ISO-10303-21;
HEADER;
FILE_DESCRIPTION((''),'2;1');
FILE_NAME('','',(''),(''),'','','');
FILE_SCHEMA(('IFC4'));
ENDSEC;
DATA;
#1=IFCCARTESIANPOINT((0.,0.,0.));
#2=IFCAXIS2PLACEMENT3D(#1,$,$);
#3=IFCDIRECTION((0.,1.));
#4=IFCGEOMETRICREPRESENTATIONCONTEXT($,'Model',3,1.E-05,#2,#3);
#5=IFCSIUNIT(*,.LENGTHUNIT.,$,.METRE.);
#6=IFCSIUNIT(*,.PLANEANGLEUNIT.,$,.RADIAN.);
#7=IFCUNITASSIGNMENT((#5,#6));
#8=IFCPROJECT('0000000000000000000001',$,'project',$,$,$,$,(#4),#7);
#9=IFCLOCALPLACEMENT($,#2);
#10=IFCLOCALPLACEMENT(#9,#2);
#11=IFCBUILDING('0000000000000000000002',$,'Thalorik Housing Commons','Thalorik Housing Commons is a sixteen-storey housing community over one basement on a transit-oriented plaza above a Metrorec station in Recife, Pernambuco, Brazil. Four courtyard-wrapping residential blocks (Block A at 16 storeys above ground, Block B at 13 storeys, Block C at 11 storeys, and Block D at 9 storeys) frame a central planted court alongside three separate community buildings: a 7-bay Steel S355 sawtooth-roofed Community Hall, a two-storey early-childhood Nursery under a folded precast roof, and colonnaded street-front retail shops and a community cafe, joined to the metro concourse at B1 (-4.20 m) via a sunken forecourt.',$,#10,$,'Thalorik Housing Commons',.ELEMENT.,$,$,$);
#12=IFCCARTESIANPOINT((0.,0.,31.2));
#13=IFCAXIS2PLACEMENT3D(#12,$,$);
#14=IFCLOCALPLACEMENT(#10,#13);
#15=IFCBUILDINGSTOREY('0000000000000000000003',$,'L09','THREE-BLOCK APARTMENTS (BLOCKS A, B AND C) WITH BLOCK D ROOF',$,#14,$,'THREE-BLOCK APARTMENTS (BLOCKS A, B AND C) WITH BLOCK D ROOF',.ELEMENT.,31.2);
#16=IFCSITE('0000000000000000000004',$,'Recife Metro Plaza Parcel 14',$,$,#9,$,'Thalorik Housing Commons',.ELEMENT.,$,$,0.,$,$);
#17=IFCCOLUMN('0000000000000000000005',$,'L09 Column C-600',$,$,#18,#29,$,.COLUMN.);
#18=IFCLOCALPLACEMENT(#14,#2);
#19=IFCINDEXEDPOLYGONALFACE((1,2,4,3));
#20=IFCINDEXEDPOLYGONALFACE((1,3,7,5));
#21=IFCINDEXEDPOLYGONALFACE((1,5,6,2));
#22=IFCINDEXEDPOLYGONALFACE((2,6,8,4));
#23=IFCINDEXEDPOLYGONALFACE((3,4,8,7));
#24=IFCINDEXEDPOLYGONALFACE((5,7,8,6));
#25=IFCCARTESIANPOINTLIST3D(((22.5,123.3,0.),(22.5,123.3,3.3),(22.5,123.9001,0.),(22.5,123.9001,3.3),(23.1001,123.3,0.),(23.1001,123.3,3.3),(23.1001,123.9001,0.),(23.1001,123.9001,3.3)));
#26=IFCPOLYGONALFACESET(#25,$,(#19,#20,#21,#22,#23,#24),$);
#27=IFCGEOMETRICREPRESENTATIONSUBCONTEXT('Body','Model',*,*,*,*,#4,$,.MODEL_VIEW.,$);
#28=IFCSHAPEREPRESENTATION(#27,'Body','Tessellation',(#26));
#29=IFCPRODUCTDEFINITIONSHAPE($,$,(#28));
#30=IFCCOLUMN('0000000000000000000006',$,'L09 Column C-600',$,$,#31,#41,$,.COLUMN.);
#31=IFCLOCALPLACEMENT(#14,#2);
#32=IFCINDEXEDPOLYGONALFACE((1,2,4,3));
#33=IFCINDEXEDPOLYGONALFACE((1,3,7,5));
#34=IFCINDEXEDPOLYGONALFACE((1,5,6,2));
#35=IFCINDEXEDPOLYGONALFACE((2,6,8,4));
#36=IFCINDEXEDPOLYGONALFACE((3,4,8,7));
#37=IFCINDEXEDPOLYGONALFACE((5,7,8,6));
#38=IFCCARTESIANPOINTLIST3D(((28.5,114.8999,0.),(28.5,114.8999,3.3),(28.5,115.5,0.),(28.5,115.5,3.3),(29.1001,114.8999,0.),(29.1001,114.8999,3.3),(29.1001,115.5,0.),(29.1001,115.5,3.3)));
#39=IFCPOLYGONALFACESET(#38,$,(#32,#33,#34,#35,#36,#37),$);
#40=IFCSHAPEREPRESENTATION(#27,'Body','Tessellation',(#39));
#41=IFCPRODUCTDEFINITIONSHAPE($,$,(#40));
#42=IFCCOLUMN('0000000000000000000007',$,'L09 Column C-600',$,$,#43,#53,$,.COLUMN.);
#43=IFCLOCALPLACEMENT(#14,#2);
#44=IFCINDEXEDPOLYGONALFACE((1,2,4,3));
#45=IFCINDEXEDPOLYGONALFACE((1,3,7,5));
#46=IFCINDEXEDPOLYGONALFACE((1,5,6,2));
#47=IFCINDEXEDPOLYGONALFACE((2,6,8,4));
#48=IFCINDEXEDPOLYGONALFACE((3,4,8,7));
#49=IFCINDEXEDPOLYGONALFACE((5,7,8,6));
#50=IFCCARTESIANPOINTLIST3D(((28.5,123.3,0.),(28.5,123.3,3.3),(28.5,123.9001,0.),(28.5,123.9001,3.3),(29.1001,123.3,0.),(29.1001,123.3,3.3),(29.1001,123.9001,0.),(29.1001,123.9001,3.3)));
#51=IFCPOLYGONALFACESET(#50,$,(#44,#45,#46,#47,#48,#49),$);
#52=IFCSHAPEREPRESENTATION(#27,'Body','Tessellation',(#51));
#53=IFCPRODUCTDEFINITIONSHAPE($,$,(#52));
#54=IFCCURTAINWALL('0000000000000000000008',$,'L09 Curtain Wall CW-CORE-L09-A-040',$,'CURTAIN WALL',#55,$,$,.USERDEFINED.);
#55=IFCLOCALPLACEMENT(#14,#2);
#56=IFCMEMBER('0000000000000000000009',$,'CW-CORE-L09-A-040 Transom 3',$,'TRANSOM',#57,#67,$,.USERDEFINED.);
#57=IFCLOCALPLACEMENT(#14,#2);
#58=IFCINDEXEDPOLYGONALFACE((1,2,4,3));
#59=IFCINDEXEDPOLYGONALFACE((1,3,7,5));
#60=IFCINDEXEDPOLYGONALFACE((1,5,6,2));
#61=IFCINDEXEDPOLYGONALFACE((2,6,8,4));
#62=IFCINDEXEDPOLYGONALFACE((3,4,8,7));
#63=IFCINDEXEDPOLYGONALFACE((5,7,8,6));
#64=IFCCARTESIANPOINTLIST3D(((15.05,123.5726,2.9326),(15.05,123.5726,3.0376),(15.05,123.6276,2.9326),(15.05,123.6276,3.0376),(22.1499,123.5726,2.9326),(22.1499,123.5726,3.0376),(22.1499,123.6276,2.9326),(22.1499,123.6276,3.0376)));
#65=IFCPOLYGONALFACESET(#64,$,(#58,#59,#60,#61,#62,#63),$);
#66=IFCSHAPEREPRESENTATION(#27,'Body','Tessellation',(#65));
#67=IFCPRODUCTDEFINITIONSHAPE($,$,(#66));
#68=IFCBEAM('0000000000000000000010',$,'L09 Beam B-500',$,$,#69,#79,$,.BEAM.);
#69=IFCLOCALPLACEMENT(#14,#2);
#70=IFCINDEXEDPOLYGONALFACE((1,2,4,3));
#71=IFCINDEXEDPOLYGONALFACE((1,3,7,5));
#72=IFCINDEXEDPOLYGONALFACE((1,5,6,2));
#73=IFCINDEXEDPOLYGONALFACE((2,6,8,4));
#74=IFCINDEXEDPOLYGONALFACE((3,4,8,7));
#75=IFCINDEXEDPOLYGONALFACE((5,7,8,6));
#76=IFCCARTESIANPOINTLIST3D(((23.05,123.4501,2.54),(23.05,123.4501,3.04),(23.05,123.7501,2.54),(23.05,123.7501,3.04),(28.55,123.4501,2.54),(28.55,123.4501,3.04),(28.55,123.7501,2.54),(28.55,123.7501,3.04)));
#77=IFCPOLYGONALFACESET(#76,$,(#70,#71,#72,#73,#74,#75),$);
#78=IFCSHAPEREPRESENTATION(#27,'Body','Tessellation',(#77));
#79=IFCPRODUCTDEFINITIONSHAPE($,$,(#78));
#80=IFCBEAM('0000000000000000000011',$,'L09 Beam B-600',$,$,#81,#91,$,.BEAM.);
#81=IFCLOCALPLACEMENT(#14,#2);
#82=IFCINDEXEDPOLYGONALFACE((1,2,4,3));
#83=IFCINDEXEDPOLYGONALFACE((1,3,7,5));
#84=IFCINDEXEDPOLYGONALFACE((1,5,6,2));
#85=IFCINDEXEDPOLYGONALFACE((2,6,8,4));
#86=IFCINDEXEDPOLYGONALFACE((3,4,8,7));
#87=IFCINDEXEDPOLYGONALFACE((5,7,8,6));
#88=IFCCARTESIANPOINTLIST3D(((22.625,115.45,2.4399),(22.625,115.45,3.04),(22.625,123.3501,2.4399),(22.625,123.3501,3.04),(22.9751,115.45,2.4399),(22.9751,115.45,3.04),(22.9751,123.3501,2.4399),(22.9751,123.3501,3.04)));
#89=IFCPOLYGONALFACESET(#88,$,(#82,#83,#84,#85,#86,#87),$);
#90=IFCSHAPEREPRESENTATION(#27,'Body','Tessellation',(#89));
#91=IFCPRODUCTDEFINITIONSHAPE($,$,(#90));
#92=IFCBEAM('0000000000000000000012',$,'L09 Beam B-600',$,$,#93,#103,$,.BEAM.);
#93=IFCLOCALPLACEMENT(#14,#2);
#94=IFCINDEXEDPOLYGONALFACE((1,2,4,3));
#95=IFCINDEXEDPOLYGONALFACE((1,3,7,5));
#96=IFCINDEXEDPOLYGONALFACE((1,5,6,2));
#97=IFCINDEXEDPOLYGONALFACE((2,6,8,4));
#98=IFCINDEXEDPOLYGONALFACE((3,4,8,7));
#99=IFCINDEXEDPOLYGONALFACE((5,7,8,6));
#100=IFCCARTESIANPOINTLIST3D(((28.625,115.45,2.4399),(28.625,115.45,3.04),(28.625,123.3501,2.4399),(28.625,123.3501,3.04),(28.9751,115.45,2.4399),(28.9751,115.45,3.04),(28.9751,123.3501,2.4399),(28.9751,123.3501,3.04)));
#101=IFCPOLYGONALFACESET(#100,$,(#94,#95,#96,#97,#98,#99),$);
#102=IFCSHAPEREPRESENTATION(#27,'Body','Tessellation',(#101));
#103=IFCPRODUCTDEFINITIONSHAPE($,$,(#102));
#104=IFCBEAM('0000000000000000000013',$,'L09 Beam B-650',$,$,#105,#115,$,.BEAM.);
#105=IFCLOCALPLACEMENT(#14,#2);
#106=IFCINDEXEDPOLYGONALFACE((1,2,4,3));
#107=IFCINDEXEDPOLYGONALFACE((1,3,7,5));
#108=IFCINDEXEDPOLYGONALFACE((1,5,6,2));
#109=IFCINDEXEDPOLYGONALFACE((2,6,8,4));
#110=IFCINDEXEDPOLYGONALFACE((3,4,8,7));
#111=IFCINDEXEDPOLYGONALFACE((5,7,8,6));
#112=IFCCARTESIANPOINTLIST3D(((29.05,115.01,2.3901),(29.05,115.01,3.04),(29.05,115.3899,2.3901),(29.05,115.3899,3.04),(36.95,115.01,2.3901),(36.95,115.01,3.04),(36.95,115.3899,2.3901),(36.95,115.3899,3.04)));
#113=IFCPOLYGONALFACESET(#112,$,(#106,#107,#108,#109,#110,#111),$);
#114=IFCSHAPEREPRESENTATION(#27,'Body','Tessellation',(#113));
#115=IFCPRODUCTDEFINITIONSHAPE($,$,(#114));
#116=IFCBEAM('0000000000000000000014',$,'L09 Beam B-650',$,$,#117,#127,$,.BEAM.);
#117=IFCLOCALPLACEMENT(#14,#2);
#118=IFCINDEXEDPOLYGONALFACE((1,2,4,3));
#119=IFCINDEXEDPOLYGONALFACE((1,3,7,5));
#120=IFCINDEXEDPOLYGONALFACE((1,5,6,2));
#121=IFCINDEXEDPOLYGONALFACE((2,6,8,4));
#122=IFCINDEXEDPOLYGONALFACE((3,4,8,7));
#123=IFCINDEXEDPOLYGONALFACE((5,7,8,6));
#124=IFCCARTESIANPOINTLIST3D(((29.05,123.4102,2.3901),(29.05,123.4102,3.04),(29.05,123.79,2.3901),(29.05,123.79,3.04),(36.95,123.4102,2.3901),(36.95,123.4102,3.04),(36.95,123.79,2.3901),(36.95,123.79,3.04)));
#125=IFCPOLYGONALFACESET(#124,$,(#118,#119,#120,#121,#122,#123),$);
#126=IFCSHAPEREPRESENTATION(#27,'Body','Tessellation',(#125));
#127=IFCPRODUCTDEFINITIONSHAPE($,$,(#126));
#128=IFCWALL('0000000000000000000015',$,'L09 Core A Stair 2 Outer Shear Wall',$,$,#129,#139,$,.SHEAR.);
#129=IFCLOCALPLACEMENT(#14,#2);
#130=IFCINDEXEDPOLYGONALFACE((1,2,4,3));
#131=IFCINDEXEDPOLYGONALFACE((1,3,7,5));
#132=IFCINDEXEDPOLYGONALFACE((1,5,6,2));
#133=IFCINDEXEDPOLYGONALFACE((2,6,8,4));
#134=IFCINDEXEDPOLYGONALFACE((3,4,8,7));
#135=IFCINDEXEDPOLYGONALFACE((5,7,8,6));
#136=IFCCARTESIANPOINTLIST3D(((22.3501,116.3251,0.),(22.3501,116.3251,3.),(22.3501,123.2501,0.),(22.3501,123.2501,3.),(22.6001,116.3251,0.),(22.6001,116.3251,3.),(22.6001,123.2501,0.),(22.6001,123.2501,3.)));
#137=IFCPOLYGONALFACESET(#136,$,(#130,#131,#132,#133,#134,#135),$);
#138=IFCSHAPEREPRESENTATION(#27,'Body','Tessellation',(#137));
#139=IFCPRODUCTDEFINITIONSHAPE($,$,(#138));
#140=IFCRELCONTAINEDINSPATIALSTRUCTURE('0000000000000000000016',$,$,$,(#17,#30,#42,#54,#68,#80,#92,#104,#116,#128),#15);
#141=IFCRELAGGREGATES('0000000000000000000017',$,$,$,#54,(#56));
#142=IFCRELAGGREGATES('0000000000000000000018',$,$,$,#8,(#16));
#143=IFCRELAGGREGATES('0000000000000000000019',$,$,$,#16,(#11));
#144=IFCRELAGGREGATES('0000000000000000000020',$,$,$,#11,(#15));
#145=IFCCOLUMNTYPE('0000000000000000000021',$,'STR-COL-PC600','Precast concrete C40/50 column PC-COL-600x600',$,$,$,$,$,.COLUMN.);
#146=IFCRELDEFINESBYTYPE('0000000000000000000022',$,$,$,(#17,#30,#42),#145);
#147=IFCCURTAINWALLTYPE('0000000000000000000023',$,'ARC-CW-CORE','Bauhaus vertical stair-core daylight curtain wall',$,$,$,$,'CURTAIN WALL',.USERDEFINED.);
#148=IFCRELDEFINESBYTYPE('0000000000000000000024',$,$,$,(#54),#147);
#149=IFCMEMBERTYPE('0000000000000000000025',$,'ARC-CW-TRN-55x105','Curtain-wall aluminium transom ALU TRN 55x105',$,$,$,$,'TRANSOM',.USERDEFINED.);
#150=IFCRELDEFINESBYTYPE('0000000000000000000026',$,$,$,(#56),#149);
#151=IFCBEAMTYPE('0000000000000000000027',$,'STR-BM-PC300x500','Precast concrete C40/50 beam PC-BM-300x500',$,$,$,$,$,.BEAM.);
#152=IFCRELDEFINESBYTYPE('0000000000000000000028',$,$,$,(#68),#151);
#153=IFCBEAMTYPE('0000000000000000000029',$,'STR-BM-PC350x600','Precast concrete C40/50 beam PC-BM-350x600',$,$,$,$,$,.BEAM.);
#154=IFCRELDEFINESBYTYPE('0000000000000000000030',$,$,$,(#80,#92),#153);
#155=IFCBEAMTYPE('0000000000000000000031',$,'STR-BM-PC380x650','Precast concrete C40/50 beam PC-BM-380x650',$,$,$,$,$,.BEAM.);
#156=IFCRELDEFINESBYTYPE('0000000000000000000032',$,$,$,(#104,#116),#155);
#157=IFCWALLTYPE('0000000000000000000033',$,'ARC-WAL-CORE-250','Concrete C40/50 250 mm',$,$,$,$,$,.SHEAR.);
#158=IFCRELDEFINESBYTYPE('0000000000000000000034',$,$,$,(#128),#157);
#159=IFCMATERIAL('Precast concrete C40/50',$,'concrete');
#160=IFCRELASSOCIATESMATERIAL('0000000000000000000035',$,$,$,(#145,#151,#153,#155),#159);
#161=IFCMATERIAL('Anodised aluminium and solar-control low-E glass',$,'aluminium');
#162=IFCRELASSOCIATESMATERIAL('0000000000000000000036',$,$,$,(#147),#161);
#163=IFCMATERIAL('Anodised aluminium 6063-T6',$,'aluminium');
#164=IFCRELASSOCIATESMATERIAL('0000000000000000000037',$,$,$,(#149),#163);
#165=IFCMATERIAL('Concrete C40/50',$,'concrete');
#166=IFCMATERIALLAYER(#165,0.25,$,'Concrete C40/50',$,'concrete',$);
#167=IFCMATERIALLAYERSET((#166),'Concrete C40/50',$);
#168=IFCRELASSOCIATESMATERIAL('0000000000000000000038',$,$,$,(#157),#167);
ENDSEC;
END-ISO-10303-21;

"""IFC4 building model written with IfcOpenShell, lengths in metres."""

from ifc_helpers import new_model, si_unit, direction, frame, frame_2d, origin, origin_2d, place, context, subcontext, project, spatial, rectangle, extrude, material, layer, layer_set, material_profile, profile_set, type_object, element, aggregate, save


model = new_model("IFC4")

# Units and contexts
model_context = context("Model", 3, precision=1e-05, world=origin(), true_north=direction((0.0, 1.0)))
body_context = subcontext(model_context, "Body", "Model", "MODEL_VIEW")
ifc_project = project(units=[si_unit("LENGTHUNIT", "METRE"), si_unit("PLANEANGLEUNIT", "RADIAN")], contexts=[model_context])

# Site, building, storey
site_placement = place(None, origin())
site = spatial("IfcSite", under=ifc_project, at=site_placement, Name="Recife Metro Plaza Parcel 14", LongName="Thalorik Housing Commons", CompositionType="ELEMENT", RefElevation=0.0)
building_placement = place(site_placement, origin())
building = spatial("IfcBuilding", under=site, at=building_placement, Name="Thalorik Housing Commons", Description="Thalorik Housing Commons is a sixteen-storey housing community over one basement on a transit-oriented plaza above a Metrorec station in Recife, Pernambuco, Brazil. Four courtyard-wrapping residential blocks (Block A at 16 storeys above ground, Block B at 13 storeys, Block C at 11 storeys, and Block D at 9 storeys) frame a central planted court alongside three separate community buildings: a 7-bay Steel S355 sawtooth-roofed Community Hall, a two-storey early-childhood Nursery under a folded precast roof, and colonnaded street-front retail shops and a community cafe, joined to the metro concourse at B1 (-4.20 m) via a sunken forecourt.", LongName="Thalorik Housing Commons", CompositionType="ELEMENT")
storey_placement = place(building_placement, frame((0.0, 0.0, 31.2)))
storey = spatial("IfcBuildingStorey", under=building, at=storey_placement, Name="L09", Description="THREE-BLOCK APARTMENTS (BLOCKS A, B AND C) WITH BLOCK D ROOF", LongName="THREE-BLOCK APARTMENTS (BLOCKS A, B AND C) WITH BLOCK D ROOF", CompositionType="ELEMENT", Elevation=31.2)

# Columns
ifc_material_1 = material(Name="Precast concrete C40/50", Category="concrete")
ifc_material_profile_1 = material_profile(ifc_material_1, rectangle(XDim=0.6001, YDim=0.6001, at=origin_2d()), Name="PC 600x600", Category="concrete")
ifc_profile_set_1 = profile_set([ifc_material_profile_1], Name="Precast concrete C40/50")
column_type = type_object("IfcColumnType", Name="STR-COL-PC600", Description="Precast concrete C40/50 column PC-COL-600x600", PredefinedType="COLUMN", material=ifc_profile_set_1)
for number, where, z_axis, x_axis, name in (
    (1, (22.8, 123.6001, 0.0), (0.0, 0.0, 1.0), (1.0, 0.0, 0.0), "L09 Column C-600"),
    (2, (28.8, 115.2, 0.0), (0.0, 0.0, 1.0), (1.0, 0.0, 0.0), "L09 Column C-600"),
    (3, (28.8, 123.6001, 0.0), (0.0, 0.0, 1.0), (1.0, 0.0, 0.0), "L09 Column C-600"),
):
    element("IfcColumn", number, at=place(storey_placement, frame(where, z_axis=z_axis, x_axis=x_axis)), inside=storey, type_object=column_type, Name=name, PredefinedType="COLUMN", context=body_context, shape_type="SweptSolid", body=[
        extrude(rectangle(XDim=0.6001, YDim=0.6001, at=origin_2d()), origin(), (0.0, 0.0, 1.0), 3.3),
    ])

# Curtain wall, member
ifc_material_2 = material(Name="Anodised aluminium and solar-control low-E glass", Category="aluminium")
curtain_wall_type = type_object("IfcCurtainWallType", Name="ARC-CW-CORE", Description="Bauhaus vertical stair-core daylight curtain wall", ElementType="CURTAIN WALL", PredefinedType="USERDEFINED", material=ifc_material_2)
curtain_wall_placement = place(storey_placement, origin())
curtain_wall = element("IfcCurtainWall", 4, at=curtain_wall_placement, inside=storey, type_object=curtain_wall_type, Name="L09 Curtain Wall CW-CORE-L09-A-040", ObjectType="CURTAIN WALL", PredefinedType="USERDEFINED")
ifc_material_3 = material(Name="Anodised aluminium 6063-T6", Category="aluminium")
ifc_material_profile_2 = material_profile(ifc_material_3, rectangle(XDim=0.0549, YDim=0.105, at=origin_2d()), Name="ALU TRN 55x105", Category="aluminium")
ifc_profile_set_2 = profile_set([ifc_material_profile_2], Name="Anodised aluminium 6063-T6")
member_type = type_object("IfcMemberType", Name="ARC-CW-TRN-55x105", Description="Curtain-wall aluminium transom ALU TRN 55x105", ElementType="TRANSOM", PredefinedType="USERDEFINED", material=ifc_profile_set_2)
member_placement = place(storey_placement, frame((22.1499, 123.6001, 2.9851), z_axis=(-1.0, 0.0, 0.0), x_axis=(0.0, -1.0, 0.0)))
member = element("IfcMember", 5, at=member_placement, type_object=member_type, Name="CW-CORE-L09-A-040 Transom 3", ObjectType="TRANSOM", PredefinedType="USERDEFINED", context=body_context, shape_type="SweptSolid", body=[
    extrude(rectangle(XDim=0.0549, YDim=0.105, at=origin_2d()), origin(), (0.0, 0.0, 1.0), 7.0999),
])
aggregate(curtain_wall, [member])

# Beams
ifc_material_profile_3 = material_profile(ifc_material_1, rectangle(XDim=0.3, YDim=0.5, at=origin_2d()), Name="PC 300x500", Category="concrete")
ifc_profile_set_3 = profile_set([ifc_material_profile_3], Name="Precast concrete C40/50")
beam_type_1 = type_object("IfcBeamType", Name="STR-BM-PC300x500", Description="Precast concrete C40/50 beam PC-BM-300x500", PredefinedType="BEAM", material=ifc_profile_set_3)
beam_placement = place(storey_placement, frame((23.05, 123.6001, 2.79), z_axis=(1.0, 0.0, 0.0), x_axis=(0.0, 1.0, 0.0)))
element("IfcBeam", 6, at=beam_placement, inside=storey, type_object=beam_type_1, Name="L09 Beam B-500", PredefinedType="BEAM", context=body_context, shape_type="SweptSolid", body=[
    extrude(rectangle(XDim=0.3, YDim=0.5, at=origin_2d()), origin(), (0.0, 0.0, 1.0), 5.5),
])
ifc_material_profile_4 = material_profile(ifc_material_1, rectangle(XDim=0.3501, YDim=0.6001, at=origin_2d()), Name="PC 350x600", Category="concrete")
ifc_profile_set_4 = profile_set([ifc_material_profile_4], Name="Precast concrete C40/50")
beam_type_2 = type_object("IfcBeamType", Name="STR-BM-PC350x600", Description="Precast concrete C40/50 beam PC-BM-350x600", PredefinedType="BEAM", material=ifc_profile_set_4)
for number, where, z_axis, x_axis, name in (
    (7, (22.8, 115.45, 2.74), (0.0, 1.0, 0.0), (-1.0, 0.0, 0.0), "L09 Beam B-600"),
    (8, (28.8, 115.45, 2.74), (0.0, 1.0, 0.0), (-1.0, 0.0, 0.0), "L09 Beam B-600"),
):
    element("IfcBeam", number, at=place(storey_placement, frame(where, z_axis=z_axis, x_axis=x_axis)), inside=storey, type_object=beam_type_2, Name=name, PredefinedType="BEAM", context=body_context, shape_type="SweptSolid", body=[
        extrude(rectangle(XDim=0.3501, YDim=0.6001, at=origin_2d()), origin(), (0.0, 0.0, 1.0), 7.9001),
    ])
ifc_material_profile_5 = material_profile(ifc_material_1, rectangle(XDim=0.3799, YDim=0.6499, at=origin_2d()), Name="PC 380x650", Category="concrete")
ifc_profile_set_5 = profile_set([ifc_material_profile_5], Name="Precast concrete C40/50")
beam_type_3 = type_object("IfcBeamType", Name="STR-BM-PC380x650", Description="Precast concrete C40/50 beam PC-BM-380x650", PredefinedType="BEAM", material=ifc_profile_set_5)
for number, where, z_axis, x_axis, name in (
    (9, (29.05, 115.2, 2.7151), (1.0, 0.0, 0.0), (0.0, 1.0, 0.0), "L09 Beam B-650"),
    (10, (29.05, 123.6001, 2.7151), (1.0, 0.0, 0.0), (0.0, 1.0, 0.0), "L09 Beam B-650"),
):
    element("IfcBeam", number, at=place(storey_placement, frame(where, z_axis=z_axis, x_axis=x_axis)), inside=storey, type_object=beam_type_3, Name=name, PredefinedType="BEAM", context=body_context, shape_type="SweptSolid", body=[
        extrude(rectangle(XDim=0.3799, YDim=0.6499, at=origin_2d()), origin(), (0.0, 0.0, 1.0), 7.8999),
    ])

# Wall
ifc_material_4 = material(Name="Concrete C40/50", Category="concrete")
ifc_layer_1 = layer(ifc_material_4, 0.25, Name="Concrete C40/50", Category="concrete")
ifc_layer_set_1 = layer_set([ifc_layer_1], Name="Concrete C40/50")
wall_type_1 = type_object("IfcWallType", Name="ARC-WAL-CORE-250", Description="Concrete C40/50 250 mm", PredefinedType="SHEAR", material=ifc_layer_set_1)
wall_1_placement = place(storey_placement, frame((22.4751, 123.25, 0.0), z_axis=(0.0, 0.0, 1.0), x_axis=(0.0, -1.0, 0.0)))
element("IfcWall", 11, at=wall_1_placement, inside=storey, type_object=wall_type_1, Name="L09 Core A Stair 2 Outer Shear Wall", PredefinedType="SHEAR", context=body_context, shape_type="SweptSolid", body=[
    extrude(rectangle(XDim=6.925, YDim=0.25, at=frame_2d((3.4624, 0.0))), origin(), (0.0, 0.0, 1.0), 3.0),
])

save(model, "model.ifc")
